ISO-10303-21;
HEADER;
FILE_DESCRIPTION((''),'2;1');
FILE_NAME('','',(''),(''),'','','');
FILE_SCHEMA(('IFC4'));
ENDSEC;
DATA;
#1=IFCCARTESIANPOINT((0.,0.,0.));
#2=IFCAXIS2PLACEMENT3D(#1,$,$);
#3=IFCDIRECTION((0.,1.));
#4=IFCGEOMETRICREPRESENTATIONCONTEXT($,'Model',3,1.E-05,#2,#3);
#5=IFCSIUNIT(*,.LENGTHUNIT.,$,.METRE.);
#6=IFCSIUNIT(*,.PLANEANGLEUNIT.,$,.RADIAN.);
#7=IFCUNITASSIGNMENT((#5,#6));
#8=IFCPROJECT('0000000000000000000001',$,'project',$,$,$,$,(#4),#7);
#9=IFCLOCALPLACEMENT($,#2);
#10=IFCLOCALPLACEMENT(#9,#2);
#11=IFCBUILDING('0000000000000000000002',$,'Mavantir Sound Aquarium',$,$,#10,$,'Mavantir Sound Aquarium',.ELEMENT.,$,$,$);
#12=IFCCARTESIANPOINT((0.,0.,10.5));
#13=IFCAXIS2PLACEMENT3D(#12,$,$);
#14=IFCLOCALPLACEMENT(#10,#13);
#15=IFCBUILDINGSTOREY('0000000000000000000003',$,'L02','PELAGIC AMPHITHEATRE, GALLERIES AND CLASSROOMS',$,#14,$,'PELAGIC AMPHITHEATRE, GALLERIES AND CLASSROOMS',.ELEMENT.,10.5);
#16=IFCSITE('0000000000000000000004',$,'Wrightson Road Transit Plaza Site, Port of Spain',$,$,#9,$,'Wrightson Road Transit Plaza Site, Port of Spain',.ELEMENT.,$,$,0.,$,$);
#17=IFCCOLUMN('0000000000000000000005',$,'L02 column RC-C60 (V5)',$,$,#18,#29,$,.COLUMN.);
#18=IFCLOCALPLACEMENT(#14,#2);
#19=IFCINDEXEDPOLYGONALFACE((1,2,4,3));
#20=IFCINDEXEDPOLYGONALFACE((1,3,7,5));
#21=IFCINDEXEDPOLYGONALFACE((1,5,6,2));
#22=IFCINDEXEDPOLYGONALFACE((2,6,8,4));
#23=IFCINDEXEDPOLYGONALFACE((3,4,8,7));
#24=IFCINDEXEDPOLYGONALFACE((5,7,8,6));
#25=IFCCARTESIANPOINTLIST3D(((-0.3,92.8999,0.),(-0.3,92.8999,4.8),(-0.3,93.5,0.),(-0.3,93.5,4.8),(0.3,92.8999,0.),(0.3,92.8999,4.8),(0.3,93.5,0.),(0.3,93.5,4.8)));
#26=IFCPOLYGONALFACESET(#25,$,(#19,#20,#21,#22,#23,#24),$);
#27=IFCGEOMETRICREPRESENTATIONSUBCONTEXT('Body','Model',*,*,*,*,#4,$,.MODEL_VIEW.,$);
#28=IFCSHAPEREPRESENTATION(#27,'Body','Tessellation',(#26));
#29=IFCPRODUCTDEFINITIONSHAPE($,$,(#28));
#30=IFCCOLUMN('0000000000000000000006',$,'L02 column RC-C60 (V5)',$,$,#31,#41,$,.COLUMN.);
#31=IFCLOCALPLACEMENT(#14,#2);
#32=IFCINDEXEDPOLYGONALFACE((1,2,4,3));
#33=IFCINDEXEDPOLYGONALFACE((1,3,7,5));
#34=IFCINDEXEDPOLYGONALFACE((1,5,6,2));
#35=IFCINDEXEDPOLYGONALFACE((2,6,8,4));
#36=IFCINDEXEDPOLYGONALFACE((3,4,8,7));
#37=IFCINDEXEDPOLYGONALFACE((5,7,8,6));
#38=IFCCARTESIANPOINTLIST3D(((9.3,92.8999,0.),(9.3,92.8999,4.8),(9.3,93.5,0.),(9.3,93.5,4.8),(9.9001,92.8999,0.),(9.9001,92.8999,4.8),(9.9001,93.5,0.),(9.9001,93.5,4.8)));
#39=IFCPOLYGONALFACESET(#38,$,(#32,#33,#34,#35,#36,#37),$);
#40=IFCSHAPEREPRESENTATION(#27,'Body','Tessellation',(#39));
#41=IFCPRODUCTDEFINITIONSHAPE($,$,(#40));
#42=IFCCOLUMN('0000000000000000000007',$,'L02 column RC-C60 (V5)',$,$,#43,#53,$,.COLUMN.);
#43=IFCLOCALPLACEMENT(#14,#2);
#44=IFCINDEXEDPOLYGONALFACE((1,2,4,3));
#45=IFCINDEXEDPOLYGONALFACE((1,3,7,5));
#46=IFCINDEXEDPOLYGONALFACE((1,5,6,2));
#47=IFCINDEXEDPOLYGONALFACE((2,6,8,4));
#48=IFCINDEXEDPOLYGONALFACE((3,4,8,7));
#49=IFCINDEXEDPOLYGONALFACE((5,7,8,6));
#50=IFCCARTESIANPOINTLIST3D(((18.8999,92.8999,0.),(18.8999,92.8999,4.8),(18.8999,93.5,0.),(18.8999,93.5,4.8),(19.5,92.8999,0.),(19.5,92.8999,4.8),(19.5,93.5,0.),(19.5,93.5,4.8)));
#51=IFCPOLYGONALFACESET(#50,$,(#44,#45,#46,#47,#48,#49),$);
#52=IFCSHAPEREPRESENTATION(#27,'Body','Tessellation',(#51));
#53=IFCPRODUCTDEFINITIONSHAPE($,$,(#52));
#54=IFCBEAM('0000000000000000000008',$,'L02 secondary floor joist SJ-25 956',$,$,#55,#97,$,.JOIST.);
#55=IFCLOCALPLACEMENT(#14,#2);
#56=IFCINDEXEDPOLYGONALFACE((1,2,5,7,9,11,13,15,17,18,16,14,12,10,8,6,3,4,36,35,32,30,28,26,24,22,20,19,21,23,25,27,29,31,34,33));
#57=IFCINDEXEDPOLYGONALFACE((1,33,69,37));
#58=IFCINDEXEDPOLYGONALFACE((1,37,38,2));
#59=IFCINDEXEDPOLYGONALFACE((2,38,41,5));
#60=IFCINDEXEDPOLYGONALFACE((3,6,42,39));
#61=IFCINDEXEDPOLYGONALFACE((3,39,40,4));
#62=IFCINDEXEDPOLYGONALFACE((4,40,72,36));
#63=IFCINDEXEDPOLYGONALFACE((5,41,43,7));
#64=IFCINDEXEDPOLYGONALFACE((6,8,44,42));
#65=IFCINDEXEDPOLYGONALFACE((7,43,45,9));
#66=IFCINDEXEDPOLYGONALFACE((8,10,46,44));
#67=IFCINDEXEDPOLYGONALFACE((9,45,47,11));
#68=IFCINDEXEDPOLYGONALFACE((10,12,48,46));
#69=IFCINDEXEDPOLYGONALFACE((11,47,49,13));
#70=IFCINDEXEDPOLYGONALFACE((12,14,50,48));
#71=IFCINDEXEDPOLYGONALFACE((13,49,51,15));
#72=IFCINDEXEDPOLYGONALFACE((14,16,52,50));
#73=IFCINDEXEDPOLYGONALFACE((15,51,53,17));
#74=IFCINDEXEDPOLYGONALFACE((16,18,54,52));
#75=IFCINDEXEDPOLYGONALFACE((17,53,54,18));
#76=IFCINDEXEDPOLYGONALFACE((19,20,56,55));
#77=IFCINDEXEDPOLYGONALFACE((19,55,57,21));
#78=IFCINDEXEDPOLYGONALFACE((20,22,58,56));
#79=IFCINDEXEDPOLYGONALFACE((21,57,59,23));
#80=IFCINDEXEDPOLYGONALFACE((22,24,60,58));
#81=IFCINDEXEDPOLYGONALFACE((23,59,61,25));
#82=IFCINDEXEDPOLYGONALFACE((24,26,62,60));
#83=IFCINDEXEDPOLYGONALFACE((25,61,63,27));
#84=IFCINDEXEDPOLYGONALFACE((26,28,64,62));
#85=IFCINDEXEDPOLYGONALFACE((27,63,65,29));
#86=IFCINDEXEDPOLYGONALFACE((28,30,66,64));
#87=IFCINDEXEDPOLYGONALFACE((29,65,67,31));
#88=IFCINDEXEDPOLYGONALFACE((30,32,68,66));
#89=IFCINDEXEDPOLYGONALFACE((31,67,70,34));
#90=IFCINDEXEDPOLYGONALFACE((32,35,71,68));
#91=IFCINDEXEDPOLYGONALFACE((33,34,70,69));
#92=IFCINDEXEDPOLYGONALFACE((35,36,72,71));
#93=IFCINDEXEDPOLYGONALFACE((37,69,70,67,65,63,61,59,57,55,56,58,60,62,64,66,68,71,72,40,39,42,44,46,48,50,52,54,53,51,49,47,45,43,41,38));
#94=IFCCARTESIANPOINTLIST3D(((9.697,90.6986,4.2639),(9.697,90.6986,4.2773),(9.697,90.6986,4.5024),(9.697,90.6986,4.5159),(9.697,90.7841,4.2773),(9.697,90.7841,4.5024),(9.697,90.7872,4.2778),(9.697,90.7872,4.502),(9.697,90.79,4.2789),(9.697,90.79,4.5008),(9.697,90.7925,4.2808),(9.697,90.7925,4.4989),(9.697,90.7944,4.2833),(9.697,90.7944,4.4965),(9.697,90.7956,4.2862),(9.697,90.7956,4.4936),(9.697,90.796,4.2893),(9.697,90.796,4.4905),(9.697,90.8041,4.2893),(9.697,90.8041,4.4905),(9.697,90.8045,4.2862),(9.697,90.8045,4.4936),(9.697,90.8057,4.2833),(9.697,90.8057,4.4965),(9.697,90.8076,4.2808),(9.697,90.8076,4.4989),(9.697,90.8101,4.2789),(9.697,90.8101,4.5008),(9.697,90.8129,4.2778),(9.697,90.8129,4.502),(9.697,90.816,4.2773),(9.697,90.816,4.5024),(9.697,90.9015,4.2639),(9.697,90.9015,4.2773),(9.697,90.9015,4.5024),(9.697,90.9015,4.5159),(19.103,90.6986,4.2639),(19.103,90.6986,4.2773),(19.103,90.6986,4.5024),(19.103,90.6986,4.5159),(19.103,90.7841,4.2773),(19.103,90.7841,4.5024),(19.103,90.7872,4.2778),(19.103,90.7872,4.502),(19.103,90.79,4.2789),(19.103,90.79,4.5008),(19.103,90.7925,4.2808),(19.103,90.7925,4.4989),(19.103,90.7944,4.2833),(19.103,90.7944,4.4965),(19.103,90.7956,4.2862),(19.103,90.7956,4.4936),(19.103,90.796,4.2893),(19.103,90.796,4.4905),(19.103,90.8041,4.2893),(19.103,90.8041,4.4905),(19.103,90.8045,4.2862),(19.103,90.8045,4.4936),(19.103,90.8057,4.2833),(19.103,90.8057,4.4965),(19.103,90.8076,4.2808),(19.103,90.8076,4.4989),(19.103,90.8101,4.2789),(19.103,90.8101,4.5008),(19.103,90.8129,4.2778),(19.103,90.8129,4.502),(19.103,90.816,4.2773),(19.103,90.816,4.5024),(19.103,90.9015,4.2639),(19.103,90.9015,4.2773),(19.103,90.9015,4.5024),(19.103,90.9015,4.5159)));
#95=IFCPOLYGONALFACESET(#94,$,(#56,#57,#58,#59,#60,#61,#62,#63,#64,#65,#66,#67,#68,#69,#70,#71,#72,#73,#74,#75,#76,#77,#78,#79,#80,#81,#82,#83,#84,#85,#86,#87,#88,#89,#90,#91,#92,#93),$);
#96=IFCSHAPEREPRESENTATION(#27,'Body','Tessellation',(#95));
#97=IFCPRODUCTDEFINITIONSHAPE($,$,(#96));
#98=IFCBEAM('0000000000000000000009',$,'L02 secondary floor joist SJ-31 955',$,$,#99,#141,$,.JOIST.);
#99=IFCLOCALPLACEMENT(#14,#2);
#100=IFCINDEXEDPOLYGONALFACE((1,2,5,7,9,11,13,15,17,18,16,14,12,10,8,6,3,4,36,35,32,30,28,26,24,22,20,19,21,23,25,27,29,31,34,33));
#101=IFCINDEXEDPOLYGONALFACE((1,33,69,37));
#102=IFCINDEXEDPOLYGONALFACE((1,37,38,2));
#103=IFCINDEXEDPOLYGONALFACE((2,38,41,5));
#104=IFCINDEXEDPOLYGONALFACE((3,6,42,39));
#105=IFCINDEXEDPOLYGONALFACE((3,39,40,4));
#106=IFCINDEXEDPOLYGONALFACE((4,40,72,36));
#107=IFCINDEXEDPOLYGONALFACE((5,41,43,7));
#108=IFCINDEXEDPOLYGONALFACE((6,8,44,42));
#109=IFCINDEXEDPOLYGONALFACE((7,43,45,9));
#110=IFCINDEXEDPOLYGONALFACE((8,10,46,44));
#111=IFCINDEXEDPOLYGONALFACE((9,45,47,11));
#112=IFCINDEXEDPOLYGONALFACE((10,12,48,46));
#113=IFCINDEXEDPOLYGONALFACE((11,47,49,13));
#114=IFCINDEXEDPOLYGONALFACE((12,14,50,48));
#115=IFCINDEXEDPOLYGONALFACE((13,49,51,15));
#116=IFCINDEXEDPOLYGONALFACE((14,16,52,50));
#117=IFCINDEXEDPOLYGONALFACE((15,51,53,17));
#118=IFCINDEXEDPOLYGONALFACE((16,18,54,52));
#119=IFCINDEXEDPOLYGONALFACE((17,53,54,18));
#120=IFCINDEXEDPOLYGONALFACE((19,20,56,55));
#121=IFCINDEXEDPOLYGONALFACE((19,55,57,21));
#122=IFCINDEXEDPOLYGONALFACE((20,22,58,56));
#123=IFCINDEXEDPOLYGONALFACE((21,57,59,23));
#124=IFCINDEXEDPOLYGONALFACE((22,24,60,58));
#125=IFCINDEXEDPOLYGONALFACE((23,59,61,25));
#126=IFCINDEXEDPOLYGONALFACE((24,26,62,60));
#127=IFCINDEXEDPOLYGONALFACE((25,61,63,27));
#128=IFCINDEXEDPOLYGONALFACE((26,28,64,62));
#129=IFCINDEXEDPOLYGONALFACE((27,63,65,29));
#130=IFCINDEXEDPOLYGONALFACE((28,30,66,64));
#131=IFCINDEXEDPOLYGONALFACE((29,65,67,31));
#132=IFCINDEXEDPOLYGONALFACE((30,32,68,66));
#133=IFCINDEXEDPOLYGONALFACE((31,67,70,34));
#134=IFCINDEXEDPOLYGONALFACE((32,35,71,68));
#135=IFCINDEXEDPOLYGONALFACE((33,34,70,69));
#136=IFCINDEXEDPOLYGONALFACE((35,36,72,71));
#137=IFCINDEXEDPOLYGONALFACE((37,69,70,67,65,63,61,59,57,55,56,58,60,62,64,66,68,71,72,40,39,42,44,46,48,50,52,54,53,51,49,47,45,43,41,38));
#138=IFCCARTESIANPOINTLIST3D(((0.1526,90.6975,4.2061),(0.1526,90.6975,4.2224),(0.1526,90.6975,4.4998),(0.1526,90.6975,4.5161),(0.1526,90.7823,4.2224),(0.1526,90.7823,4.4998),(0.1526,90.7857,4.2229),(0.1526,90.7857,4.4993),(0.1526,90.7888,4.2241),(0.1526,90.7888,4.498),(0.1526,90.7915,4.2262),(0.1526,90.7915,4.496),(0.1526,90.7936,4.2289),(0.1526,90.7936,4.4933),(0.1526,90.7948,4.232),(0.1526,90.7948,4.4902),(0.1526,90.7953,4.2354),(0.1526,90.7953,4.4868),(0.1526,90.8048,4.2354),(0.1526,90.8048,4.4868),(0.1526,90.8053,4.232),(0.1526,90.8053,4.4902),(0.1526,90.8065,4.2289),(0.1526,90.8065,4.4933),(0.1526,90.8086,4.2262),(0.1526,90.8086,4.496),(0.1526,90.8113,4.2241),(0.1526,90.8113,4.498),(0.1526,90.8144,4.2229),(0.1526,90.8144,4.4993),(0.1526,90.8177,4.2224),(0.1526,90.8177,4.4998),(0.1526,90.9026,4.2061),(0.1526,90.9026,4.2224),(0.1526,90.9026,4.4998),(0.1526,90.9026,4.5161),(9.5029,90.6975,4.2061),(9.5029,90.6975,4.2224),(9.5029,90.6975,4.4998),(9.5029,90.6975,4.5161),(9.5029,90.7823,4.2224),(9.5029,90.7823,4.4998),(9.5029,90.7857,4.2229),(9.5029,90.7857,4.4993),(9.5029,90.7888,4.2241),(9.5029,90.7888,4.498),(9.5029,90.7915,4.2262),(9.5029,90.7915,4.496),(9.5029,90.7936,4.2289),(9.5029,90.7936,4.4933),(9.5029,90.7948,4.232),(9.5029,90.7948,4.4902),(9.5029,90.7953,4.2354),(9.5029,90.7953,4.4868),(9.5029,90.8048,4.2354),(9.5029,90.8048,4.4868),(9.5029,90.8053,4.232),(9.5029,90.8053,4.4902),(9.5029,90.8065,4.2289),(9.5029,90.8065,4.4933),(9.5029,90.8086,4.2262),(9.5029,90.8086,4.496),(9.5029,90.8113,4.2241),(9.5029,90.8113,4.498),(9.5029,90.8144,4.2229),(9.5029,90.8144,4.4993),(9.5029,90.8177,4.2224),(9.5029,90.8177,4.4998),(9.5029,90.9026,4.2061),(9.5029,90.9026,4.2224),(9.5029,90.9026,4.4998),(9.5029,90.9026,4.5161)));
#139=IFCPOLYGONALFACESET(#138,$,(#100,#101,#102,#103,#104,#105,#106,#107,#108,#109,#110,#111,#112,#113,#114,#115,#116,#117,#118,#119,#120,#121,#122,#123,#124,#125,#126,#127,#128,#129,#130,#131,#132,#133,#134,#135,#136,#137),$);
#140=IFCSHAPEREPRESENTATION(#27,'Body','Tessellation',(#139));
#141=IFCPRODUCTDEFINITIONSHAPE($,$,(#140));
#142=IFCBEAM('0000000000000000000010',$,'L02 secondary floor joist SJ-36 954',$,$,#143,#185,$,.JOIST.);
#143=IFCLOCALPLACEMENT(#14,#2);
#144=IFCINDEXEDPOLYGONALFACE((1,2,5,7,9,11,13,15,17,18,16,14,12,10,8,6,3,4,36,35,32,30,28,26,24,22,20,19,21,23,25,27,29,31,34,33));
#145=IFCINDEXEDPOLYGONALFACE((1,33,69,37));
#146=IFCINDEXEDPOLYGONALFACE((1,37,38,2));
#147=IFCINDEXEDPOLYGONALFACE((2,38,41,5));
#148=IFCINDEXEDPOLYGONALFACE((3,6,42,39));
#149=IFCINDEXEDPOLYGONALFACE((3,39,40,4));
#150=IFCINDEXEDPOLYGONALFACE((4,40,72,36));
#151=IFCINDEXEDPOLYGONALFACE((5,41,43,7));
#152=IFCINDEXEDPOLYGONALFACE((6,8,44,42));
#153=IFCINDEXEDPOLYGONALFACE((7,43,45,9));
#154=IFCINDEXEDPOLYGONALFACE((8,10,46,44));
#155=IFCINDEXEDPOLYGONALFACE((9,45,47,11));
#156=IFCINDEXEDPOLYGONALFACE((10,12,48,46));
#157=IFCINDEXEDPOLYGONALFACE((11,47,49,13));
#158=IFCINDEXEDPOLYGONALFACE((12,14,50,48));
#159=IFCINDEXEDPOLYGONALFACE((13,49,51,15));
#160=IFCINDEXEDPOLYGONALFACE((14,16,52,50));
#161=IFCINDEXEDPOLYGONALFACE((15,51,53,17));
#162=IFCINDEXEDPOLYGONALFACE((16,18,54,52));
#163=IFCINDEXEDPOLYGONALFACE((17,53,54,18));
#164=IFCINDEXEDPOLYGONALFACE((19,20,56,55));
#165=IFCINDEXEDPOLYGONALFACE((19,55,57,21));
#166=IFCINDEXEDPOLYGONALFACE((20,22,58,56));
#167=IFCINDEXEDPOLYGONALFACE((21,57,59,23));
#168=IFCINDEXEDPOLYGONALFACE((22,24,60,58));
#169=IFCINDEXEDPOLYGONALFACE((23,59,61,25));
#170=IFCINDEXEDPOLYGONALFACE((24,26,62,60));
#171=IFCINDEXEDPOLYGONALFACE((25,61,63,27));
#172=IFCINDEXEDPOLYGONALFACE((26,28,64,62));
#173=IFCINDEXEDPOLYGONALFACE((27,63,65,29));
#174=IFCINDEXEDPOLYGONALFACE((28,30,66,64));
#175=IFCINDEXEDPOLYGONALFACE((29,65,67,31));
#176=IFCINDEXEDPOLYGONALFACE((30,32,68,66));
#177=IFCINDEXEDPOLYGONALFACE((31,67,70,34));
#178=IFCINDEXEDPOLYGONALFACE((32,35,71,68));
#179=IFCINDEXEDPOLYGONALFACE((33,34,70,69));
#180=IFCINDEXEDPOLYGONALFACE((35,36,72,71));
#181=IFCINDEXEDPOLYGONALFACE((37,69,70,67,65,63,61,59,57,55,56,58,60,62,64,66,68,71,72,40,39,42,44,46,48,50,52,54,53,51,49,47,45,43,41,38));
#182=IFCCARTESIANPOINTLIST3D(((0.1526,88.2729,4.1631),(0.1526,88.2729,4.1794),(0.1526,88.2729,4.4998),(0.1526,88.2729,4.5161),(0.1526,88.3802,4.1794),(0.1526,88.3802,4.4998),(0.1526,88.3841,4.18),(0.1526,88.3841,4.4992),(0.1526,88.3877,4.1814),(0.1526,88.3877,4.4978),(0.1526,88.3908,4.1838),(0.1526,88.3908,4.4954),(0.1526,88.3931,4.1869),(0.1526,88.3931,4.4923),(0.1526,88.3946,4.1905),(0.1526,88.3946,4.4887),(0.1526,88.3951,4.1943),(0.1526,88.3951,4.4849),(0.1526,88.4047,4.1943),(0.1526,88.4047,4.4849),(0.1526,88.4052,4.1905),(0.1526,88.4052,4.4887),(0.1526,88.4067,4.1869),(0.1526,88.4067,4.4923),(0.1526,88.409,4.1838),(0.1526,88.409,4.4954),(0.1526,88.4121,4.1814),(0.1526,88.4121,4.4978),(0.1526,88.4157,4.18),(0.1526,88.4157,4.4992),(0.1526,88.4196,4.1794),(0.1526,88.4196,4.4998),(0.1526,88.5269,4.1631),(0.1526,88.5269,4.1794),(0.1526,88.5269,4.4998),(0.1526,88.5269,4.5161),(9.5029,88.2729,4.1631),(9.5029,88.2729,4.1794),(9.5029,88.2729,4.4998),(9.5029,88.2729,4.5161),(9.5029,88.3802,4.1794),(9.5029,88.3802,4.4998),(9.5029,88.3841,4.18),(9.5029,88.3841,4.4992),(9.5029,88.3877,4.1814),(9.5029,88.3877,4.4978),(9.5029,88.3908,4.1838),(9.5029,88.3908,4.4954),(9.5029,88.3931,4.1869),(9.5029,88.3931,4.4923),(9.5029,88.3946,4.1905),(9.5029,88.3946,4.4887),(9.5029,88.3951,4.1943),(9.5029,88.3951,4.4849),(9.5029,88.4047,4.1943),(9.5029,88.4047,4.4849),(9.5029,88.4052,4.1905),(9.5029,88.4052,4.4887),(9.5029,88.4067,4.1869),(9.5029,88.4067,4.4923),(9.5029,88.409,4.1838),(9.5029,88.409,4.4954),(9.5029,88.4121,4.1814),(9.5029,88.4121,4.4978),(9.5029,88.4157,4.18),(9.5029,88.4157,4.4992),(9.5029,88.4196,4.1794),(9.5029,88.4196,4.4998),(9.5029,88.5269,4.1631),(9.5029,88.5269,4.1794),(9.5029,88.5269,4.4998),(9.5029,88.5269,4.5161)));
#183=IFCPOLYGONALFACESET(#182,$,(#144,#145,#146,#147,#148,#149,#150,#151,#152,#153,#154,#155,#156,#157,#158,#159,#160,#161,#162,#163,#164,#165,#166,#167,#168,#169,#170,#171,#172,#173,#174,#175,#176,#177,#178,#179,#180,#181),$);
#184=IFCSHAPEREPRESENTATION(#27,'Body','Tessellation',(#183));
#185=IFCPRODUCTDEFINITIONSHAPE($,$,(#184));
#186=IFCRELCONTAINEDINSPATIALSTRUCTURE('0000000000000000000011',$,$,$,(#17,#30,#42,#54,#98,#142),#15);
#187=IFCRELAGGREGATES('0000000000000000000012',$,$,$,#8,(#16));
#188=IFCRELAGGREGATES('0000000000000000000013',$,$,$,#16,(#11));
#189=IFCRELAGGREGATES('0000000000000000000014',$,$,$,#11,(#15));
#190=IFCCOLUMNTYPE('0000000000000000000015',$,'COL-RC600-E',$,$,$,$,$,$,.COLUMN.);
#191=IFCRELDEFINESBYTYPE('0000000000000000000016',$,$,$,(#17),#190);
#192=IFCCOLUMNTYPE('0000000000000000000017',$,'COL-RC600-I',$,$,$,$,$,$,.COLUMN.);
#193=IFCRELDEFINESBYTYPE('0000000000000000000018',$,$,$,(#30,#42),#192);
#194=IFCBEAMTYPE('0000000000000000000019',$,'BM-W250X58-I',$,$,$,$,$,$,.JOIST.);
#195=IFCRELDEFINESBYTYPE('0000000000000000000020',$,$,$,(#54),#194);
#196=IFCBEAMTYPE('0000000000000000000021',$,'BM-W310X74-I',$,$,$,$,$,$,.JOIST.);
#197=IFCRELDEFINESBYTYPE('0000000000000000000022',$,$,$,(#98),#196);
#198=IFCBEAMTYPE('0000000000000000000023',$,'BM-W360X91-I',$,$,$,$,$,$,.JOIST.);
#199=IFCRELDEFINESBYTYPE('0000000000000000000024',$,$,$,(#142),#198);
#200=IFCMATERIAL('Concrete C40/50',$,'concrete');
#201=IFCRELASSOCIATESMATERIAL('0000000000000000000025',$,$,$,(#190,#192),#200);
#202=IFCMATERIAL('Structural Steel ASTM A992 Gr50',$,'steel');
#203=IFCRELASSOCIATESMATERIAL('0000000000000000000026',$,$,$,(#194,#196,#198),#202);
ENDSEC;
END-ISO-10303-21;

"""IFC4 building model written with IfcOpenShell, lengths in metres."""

from ifc_helpers import new_model, si_unit, direction, frame, origin, origin_2d, place, context, subcontext, project, spatial, rectangle, i_section, extrude, material, material_profile, profile_set, type_object, element, save


model = new_model("IFC4")

# Units and contexts
model_context = context("Model", 3, precision=1e-05, world=origin(), true_north=direction((0.0, 1.0)))
body_context = subcontext(model_context, "Body", "Model", "MODEL_VIEW")
ifc_project = project(units=[si_unit("LENGTHUNIT", "METRE"), si_unit("PLANEANGLEUNIT", "RADIAN")], contexts=[model_context])

# Site, building, storey
site_placement = place(None, origin())
site = spatial("IfcSite", under=ifc_project, at=site_placement, Name="Wrightson Road Transit Plaza Site, Port of Spain", LongName="Wrightson Road Transit Plaza Site, Port of Spain", CompositionType="ELEMENT", RefElevation=0.0)
building_placement = place(site_placement, origin())
building = spatial("IfcBuilding", under=site, at=building_placement, Name="Mavantir Sound Aquarium", LongName="Mavantir Sound Aquarium", CompositionType="ELEMENT")
storey_placement = place(building_placement, frame((0.0, 0.0, 10.5)))
storey = spatial("IfcBuildingStorey", under=building, at=storey_placement, Name="L02", Description="PELAGIC AMPHITHEATRE, GALLERIES AND CLASSROOMS", LongName="PELAGIC AMPHITHEATRE, GALLERIES AND CLASSROOMS", CompositionType="ELEMENT", Elevation=10.5)

# Columns
ifc_material_1 = material(Name="Concrete C40/50", Category="concrete")
ifc_material_profile_1 = material_profile(ifc_material_1, rectangle(XDim=0.6001, YDim=0.6001, at=origin_2d()), Name="RC 600X600")
ifc_profile_set_1 = profile_set([ifc_material_profile_1], Name="Concrete C40/50")
column_type_1 = type_object("IfcColumnType", Name="COL-RC600-E", PredefinedType="COLUMN", material=ifc_profile_set_1)
column_placement = place(storey_placement, frame((0.0, 93.2, 0.0), z_axis=(0.0, 0.0, 1.0), x_axis=(1.0, 0.0, 0.0)))
element("IfcColumn", 1, at=column_placement, inside=storey, type_object=column_type_1, Name="L02 column RC-C60 (V5)", PredefinedType="COLUMN", context=body_context, shape_type="SweptSolid", body=[
    extrude(rectangle(XDim=0.6001, YDim=0.6001, at=origin_2d()), origin(), (0.0, 0.0, 1.0), 4.8),
])
ifc_material_profile_2 = material_profile(ifc_material_1, rectangle(XDim=0.6001, YDim=0.6001, at=origin_2d()), Name="RC 600X600")
ifc_profile_set_2 = profile_set([ifc_material_profile_2], Name="Concrete C40/50")
column_type_2 = type_object("IfcColumnType", Name="COL-RC600-I", PredefinedType="COLUMN", material=ifc_profile_set_2)
for number, where, z_axis, x_axis, name in (
    (2, (9.6001, 93.2, 0.0), (0.0, 0.0, 1.0), (1.0, 0.0, 0.0), "L02 column RC-C60 (V5)"),
    (3, (19.2, 93.2, 0.0), (0.0, 0.0, 1.0), (1.0, 0.0, 0.0), "L02 column RC-C60 (V5)"),
):
    element("IfcColumn", number, at=place(storey_placement, frame(where, z_axis=z_axis, x_axis=x_axis)), inside=storey, type_object=column_type_2, Name=name, PredefinedType="COLUMN", context=body_context, shape_type="SweptSolid", body=[
        extrude(rectangle(XDim=0.6001, YDim=0.6001, at=origin_2d()), origin(), (0.0, 0.0, 1.0), 4.8),
    ])

# Beams
ifc_material_2 = material(Name="Structural Steel ASTM A992 Gr50", Category="steel")
ifc_material_profile_3 = material_profile(ifc_material_2, i_section(OverallWidth=0.2029, OverallDepth=0.252, WebThickness=0.0081, FlangeThickness=0.0134, FilletRadius=0.012, at=origin_2d()), Name="W250X58")
ifc_profile_set_3 = profile_set([ifc_material_profile_3], Name="Structural Steel ASTM A992 Gr50")
beam_type_1 = type_object("IfcBeamType", Name="BM-W250X58-I", PredefinedType="JOIST", material=ifc_profile_set_3)
beam_1_placement = place(storey_placement, frame((9.697, 90.8, 4.3899), z_axis=(1.0, 0.0, 0.0), x_axis=(0.0, 1.0, 0.0)))
element("IfcBeam", 4, at=beam_1_placement, inside=storey, type_object=beam_type_1, Name="L02 secondary floor joist SJ-25 956", PredefinedType="JOIST", context=body_context, shape_type="SweptSolid", body=[
    extrude(i_section(OverallWidth=0.2029, OverallDepth=0.252, WebThickness=0.0081, FlangeThickness=0.0134, FilletRadius=0.012, at=origin_2d()), origin(), (0.0, 0.0, 1.0), 9.406),
])
ifc_material_profile_4 = material_profile(ifc_material_2, i_section(OverallWidth=0.2051, OverallDepth=0.3101, WebThickness=0.0095, FlangeThickness=0.0164, FilletRadius=0.0129, at=origin_2d()), Name="W310X74")
ifc_profile_set_4 = profile_set([ifc_material_profile_4], Name="Structural Steel ASTM A992 Gr50")
beam_type_2 = type_object("IfcBeamType", Name="BM-W310X74-I", PredefinedType="JOIST", material=ifc_profile_set_4)
beam_2_placement = place(storey_placement, frame((0.1526, 90.8, 4.3611), z_axis=(1.0, 0.0, 0.0), x_axis=(0.0, 1.0, 0.0)))
element("IfcBeam", 5, at=beam_2_placement, inside=storey, type_object=beam_type_2, Name="L02 secondary floor joist SJ-31 955", PredefinedType="JOIST", context=body_context, shape_type="SweptSolid", body=[
    extrude(i_section(OverallWidth=0.2051, OverallDepth=0.3101, WebThickness=0.0095, FlangeThickness=0.0164, FilletRadius=0.0129, at=origin_2d()), origin(), (0.0, 0.0, 1.0), 9.3503),
])
ifc_material_profile_5 = material_profile(ifc_material_2, i_section(OverallWidth=0.2539, OverallDepth=0.353, WebThickness=0.0095, FlangeThickness=0.0164, FilletRadius=0.0149, at=origin_2d()), Name="W360X91")
ifc_profile_set_5 = profile_set([ifc_material_profile_5], Name="Structural Steel ASTM A992 Gr50")
beam_type_3 = type_object("IfcBeamType", Name="BM-W360X91-I", PredefinedType="JOIST", material=ifc_profile_set_5)
beam_3_placement = place(storey_placement, frame((0.1526, 88.3999, 4.3396), z_axis=(1.0, 0.0, 0.0), x_axis=(0.0, 1.0, 0.0)))
element("IfcBeam", 6, at=beam_3_placement, inside=storey, type_object=beam_type_3, Name="L02 secondary floor joist SJ-36 954", PredefinedType="JOIST", context=body_context, shape_type="SweptSolid", body=[
    extrude(i_section(OverallWidth=0.2539, OverallDepth=0.353, WebThickness=0.0095, FlangeThickness=0.0164, FilletRadius=0.0149, at=origin_2d()), origin(), (0.0, 0.0, 1.0), 9.3503),
])

save(model, "model.ifc")
